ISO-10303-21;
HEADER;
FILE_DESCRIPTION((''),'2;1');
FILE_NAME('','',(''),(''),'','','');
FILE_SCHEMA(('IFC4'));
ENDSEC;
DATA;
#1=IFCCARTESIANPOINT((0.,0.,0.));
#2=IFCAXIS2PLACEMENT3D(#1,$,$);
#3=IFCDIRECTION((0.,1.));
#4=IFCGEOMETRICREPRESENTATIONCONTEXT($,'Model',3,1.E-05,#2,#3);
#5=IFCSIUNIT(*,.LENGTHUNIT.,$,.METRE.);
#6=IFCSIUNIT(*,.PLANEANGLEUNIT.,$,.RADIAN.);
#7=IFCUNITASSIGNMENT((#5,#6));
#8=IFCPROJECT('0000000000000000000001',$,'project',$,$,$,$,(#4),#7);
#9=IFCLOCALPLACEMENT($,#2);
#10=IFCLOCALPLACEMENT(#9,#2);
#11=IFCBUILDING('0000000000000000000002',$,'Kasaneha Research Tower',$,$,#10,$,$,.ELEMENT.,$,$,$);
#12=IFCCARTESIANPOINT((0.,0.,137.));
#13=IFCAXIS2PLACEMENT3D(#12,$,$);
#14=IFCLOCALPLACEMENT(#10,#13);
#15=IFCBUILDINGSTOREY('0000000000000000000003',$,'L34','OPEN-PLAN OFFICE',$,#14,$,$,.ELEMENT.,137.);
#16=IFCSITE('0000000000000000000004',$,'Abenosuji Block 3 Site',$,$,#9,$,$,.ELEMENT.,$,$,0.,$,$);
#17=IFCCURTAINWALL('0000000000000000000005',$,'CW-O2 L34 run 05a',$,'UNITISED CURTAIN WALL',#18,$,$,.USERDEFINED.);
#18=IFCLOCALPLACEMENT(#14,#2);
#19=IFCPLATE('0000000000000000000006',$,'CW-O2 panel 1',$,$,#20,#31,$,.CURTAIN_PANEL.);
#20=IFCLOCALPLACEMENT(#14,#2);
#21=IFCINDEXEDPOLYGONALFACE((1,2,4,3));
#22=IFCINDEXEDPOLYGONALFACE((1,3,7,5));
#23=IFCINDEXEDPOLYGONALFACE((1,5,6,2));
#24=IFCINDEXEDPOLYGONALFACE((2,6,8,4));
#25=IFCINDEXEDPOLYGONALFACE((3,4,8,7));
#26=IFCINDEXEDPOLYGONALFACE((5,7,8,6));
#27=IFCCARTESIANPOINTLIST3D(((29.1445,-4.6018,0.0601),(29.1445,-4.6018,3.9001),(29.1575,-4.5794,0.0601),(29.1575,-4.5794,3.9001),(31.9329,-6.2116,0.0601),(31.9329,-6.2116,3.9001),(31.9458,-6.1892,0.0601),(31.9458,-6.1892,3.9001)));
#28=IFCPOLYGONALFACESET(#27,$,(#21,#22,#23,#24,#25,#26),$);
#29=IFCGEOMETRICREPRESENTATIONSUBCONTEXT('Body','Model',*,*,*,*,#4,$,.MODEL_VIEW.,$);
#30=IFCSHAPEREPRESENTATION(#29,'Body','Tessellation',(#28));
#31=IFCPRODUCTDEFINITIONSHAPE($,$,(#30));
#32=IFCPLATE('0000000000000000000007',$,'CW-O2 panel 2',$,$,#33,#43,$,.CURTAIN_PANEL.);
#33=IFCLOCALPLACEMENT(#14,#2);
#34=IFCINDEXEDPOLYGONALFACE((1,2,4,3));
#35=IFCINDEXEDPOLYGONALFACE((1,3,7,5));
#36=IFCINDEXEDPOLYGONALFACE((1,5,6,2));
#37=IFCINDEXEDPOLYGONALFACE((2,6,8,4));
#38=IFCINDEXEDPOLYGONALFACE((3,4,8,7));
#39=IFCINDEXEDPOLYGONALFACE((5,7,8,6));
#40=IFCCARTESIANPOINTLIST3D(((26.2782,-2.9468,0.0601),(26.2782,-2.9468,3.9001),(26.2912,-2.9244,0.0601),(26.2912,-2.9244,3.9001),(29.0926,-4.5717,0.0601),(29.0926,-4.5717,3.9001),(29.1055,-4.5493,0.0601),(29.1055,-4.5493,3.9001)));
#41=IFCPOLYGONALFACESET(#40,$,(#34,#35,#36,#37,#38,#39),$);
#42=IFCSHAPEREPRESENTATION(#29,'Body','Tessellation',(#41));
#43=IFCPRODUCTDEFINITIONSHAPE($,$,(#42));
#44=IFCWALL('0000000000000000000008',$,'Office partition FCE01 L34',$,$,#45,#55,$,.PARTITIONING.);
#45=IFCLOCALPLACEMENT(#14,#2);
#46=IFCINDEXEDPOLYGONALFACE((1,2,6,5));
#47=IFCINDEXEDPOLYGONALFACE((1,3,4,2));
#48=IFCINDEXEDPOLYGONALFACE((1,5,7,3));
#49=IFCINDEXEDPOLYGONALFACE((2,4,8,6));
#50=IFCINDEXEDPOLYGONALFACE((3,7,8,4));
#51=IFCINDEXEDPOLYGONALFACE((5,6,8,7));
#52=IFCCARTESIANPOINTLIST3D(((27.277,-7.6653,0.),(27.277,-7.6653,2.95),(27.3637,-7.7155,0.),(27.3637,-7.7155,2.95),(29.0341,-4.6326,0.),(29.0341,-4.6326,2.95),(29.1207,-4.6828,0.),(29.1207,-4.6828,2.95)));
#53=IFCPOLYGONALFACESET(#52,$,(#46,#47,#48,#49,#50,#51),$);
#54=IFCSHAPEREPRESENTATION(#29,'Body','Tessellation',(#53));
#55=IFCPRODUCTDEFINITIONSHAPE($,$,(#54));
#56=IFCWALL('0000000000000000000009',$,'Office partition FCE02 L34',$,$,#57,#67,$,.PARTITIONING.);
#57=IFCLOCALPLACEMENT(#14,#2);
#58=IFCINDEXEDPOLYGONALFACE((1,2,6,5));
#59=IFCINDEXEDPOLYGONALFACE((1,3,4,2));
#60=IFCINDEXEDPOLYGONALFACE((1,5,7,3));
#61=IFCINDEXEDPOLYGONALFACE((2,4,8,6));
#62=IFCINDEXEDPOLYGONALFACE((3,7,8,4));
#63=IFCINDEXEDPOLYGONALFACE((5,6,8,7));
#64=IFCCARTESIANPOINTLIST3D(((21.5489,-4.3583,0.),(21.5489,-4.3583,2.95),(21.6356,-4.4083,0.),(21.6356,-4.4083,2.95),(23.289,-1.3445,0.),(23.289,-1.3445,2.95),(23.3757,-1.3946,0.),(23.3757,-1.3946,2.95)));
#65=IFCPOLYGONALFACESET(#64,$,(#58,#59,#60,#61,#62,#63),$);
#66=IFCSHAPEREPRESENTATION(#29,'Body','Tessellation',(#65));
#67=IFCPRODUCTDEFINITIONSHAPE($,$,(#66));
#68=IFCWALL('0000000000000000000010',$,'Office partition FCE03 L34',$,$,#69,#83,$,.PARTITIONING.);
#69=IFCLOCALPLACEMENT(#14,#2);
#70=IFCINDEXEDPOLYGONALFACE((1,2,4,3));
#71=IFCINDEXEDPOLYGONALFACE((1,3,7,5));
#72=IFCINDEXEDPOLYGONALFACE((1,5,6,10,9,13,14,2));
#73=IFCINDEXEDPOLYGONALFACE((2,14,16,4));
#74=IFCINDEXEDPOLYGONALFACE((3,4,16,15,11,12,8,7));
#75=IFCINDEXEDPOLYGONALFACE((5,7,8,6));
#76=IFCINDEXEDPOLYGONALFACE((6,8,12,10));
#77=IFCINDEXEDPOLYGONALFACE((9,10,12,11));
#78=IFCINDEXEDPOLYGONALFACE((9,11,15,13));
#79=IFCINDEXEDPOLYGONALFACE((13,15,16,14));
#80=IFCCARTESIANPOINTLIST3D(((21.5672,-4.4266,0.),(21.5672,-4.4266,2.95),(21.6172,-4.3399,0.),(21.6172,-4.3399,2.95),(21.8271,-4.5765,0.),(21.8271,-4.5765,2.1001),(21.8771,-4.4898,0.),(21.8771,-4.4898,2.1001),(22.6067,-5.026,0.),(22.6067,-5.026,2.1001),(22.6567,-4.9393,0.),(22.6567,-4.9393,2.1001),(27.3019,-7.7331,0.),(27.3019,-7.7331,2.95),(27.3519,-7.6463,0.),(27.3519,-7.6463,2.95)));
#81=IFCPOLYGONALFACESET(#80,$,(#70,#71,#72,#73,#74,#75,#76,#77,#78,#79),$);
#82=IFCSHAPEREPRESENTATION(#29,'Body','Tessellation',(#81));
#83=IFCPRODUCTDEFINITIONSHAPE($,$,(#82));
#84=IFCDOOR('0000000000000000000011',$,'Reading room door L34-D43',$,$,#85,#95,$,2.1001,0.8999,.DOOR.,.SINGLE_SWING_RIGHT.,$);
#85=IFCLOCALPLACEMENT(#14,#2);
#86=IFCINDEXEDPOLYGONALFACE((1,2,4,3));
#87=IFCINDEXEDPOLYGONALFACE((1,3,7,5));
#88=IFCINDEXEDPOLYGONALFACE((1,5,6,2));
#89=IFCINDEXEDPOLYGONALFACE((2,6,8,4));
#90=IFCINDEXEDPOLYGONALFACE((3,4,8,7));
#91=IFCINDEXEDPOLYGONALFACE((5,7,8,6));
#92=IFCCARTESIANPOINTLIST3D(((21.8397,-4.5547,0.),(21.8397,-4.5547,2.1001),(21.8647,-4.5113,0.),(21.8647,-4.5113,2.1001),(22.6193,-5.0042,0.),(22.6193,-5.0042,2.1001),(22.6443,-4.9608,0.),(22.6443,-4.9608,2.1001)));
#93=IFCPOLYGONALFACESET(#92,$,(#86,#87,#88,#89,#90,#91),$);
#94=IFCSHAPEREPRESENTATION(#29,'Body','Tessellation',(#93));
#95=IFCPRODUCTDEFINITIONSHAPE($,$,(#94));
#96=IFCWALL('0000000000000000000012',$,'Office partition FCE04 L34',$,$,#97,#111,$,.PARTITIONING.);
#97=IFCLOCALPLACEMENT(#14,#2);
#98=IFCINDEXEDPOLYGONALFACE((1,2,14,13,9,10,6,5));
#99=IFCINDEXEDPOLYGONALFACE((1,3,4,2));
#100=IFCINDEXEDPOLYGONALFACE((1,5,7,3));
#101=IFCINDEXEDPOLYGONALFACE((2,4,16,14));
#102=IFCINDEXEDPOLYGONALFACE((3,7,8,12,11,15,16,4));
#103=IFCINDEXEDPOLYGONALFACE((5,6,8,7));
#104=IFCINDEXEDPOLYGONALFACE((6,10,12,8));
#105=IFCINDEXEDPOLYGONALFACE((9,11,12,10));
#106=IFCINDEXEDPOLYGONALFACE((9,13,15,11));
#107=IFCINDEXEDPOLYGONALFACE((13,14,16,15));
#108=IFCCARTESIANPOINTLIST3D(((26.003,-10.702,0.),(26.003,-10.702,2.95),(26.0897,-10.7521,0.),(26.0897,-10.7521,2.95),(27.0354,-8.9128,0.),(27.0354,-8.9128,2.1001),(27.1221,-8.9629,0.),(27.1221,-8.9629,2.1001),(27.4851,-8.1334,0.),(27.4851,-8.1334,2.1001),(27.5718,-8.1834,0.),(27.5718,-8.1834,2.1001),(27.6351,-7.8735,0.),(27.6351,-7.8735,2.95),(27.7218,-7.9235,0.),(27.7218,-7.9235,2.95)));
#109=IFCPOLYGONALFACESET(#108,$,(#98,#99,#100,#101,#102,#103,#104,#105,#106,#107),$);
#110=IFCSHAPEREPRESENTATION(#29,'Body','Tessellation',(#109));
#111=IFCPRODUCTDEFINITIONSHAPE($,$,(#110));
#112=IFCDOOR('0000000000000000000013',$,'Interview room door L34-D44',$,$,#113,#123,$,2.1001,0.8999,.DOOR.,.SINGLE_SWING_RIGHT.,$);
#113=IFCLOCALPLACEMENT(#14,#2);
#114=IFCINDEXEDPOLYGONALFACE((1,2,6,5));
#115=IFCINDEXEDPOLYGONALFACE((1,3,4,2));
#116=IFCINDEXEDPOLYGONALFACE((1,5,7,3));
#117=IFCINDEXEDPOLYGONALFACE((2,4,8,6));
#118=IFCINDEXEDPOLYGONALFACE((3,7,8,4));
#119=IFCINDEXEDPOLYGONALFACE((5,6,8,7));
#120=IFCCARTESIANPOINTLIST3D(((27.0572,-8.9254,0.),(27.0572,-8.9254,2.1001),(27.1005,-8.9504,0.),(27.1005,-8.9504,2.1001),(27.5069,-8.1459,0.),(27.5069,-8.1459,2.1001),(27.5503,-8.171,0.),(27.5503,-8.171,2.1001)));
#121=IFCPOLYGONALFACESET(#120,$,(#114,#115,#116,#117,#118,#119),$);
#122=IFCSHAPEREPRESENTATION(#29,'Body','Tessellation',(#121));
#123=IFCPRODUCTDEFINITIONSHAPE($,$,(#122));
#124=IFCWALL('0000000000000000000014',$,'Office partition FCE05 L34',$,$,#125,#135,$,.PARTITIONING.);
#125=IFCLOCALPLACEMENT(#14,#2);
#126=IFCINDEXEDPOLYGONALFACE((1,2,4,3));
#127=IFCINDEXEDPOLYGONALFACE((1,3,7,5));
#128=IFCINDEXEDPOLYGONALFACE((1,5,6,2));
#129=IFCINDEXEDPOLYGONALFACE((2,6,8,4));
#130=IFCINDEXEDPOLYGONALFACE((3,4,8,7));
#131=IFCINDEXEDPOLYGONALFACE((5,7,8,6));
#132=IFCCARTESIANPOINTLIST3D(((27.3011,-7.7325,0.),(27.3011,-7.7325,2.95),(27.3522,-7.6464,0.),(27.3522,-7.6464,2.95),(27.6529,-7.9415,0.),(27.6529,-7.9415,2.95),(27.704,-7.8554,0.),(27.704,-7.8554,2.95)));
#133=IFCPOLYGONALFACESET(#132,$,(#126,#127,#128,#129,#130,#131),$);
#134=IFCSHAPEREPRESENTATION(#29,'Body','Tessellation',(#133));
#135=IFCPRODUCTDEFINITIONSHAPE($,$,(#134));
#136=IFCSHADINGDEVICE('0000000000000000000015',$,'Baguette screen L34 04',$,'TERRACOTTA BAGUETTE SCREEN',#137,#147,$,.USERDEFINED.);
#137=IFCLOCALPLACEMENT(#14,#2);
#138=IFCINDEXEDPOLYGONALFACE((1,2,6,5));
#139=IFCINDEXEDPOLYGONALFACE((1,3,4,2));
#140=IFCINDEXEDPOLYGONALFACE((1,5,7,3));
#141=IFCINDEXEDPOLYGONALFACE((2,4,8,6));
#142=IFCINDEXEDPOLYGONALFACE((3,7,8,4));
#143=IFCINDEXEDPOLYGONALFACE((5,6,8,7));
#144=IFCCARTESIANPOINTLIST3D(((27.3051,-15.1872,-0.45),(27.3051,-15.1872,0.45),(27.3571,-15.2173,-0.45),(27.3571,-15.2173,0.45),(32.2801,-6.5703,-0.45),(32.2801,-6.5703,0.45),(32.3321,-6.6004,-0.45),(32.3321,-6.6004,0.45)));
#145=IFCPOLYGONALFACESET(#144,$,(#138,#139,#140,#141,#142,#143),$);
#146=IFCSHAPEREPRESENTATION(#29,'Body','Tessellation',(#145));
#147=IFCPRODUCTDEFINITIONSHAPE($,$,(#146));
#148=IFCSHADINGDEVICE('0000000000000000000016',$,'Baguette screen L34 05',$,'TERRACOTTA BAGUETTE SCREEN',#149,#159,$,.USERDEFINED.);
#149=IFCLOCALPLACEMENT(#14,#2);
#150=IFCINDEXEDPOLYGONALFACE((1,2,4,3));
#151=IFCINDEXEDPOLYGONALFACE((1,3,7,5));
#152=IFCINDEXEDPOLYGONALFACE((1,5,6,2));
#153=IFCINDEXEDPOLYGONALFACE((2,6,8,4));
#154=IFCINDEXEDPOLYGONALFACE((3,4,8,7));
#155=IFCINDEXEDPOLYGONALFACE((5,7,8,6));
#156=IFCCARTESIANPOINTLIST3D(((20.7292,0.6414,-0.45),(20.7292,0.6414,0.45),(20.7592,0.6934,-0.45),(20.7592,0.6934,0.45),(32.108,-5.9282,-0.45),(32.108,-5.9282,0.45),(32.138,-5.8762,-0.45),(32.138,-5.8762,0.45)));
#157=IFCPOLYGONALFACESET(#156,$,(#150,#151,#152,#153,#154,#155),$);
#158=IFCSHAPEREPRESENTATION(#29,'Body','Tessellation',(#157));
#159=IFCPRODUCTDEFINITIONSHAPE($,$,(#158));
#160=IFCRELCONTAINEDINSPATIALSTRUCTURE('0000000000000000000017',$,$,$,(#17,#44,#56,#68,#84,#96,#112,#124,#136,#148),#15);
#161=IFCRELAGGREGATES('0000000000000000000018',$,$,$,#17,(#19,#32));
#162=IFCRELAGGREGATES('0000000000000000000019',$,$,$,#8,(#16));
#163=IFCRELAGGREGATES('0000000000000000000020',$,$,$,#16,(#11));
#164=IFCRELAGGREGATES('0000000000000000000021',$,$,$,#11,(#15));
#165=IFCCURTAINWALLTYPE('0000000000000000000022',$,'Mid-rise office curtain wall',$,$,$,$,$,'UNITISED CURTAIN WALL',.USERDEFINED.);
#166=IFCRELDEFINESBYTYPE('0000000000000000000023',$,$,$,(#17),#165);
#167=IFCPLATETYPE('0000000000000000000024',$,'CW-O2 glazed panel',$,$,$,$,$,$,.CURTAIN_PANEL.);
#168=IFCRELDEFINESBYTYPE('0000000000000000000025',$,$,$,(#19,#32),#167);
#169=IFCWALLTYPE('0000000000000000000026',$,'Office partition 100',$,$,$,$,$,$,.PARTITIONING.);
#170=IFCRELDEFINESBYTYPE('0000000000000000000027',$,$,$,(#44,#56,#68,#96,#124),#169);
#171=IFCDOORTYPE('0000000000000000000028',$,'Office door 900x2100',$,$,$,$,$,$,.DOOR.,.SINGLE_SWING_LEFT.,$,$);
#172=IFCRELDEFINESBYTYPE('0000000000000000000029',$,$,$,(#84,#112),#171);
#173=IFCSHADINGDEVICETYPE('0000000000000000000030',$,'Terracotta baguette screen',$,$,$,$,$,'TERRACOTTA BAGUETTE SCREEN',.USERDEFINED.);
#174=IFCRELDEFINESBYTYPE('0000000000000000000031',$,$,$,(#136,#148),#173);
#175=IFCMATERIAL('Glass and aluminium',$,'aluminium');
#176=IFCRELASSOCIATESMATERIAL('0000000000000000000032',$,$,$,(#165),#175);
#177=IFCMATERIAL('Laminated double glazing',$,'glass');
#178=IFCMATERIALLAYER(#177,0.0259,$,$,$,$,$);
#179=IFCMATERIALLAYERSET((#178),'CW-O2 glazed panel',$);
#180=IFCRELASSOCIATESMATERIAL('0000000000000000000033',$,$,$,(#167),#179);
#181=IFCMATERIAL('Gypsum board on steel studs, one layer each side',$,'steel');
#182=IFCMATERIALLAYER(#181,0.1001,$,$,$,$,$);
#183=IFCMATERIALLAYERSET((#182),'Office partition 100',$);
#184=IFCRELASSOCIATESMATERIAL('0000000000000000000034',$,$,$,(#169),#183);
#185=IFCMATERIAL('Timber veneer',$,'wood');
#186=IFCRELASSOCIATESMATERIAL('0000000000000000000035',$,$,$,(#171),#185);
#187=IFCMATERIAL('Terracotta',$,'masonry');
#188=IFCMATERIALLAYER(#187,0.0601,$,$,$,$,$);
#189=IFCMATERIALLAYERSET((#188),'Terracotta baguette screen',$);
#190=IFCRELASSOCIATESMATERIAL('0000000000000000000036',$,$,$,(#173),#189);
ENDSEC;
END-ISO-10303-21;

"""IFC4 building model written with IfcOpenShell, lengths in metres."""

from ifc_helpers import new_model, si_unit, direction, frame, frame_2d, origin, origin_2d, place, context, subcontext, project, spatial, rectangle, extrude, material, layer, layer_set, type_object, element, fill, aggregate, save


model = new_model("IFC4")

# Units and contexts
model_context = context("Model", 3, precision=1e-05, world=origin(), true_north=direction((0.0, 1.0)))
body_context = subcontext(model_context, "Body", "Model", "MODEL_VIEW")
ifc_project = project(units=[si_unit("LENGTHUNIT", "METRE"), si_unit("PLANEANGLEUNIT", "RADIAN")], contexts=[model_context])

# Site, building, storey
site_placement = place(None, origin())
site = spatial("IfcSite", under=ifc_project, at=site_placement, Name="Abenosuji Block 3 Site", CompositionType="ELEMENT", RefElevation=0.0)
building_placement = place(site_placement, origin())
building = spatial("IfcBuilding", under=site, at=building_placement, Name="Kasaneha Research Tower", CompositionType="ELEMENT")
storey_placement = place(building_placement, frame((0.0, 0.0, 137.0)))
storey = spatial("IfcBuildingStorey", under=building, at=storey_placement, Name="L34", Description="OPEN-PLAN OFFICE", CompositionType="ELEMENT", Elevation=137.0)

# Curtain wall
ifc_material_1 = material(Name="Glass and aluminium", Category="aluminium")
curtain_wall_type = type_object("IfcCurtainWallType", Name="Mid-rise office curtain wall", ElementType="UNITISED CURTAIN WALL", PredefinedType="USERDEFINED", material=ifc_material_1)
curtain_wall_1_placement = place(storey_placement, origin())
curtain_wall_1 = element("IfcCurtainWall", 1, at=curtain_wall_1_placement, inside=storey, type_object=curtain_wall_type, Name="CW-O2 L34 run 05a", ObjectType="UNITISED CURTAIN WALL", PredefinedType="USERDEFINED")

# Plates
ifc_material_2 = material(Name="Laminated double glazing", Category="glass")
ifc_layer_1 = layer(ifc_material_2, 0.0259)
ifc_layer_set_1 = layer_set([ifc_layer_1], Name="CW-O2 glazed panel")
plate_type = type_object("IfcPlateType", Name="CW-O2 glazed panel", PredefinedType="CURTAIN_PANEL", material=ifc_layer_set_1)
plate_1_placement = place(storey_placement, frame((30.5452, -5.3955, 0.0601), z_axis=(0.0, 0.0, 1.0), x_axis=(-0.866025, 0.5, 0.0)))
plate_1 = element("IfcPlate", 2, at=plate_1_placement, type_object=plate_type, Name="CW-O2 panel 1", PredefinedType="CURTAIN_PANEL", context=body_context, shape_type="SweptSolid", body=[
    extrude(rectangle(XDim=3.2197, YDim=0.0259, at=origin_2d()), origin(), (0.0, 0.0, 1.0), 3.8401),
])
plate_2_placement = place(storey_placement, frame((27.6919, -3.748, 0.0601), z_axis=(0.0, 0.0, 1.0), x_axis=(-0.866025, 0.5, 0.0)))
plate_2 = element("IfcPlate", 3, at=plate_2_placement, type_object=plate_type, Name="CW-O2 panel 2", PredefinedType="CURTAIN_PANEL", context=body_context, shape_type="SweptSolid", body=[
    extrude(rectangle(XDim=3.2498, YDim=0.0259, at=origin_2d()), origin(), (0.0, 0.0, 1.0), 3.8401),
])
aggregate(curtain_wall_1, [plate_1, plate_2])

# Walls
ifc_material_3 = material(Name="Gypsum board on steel studs, one layer each side", Category="steel")
ifc_layer_2 = layer(ifc_material_3, 0.1001)
ifc_layer_set_2 = layer_set([ifc_layer_2], Name="Office partition 100")
wall_type = type_object("IfcWallType", Name="Office partition 100", PredefinedType="PARTITIONING", material=ifc_layer_set_2)
wall_1_placement = place(storey_placement, frame((29.0774, -4.6577, 0.0), z_axis=(0.0, 0.0, 1.0), x_axis=(-0.501314, -0.865266, 0.0)))
element("IfcWall", 4, at=wall_1_placement, inside=storey, type_object=wall_type, Name="Office partition FCE01 L34", PredefinedType="PARTITIONING", context=body_context, shape_type="SweptSolid", body=[
    extrude(rectangle(XDim=3.5049, YDim=0.1001, at=frame_2d((1.7524, 0.0))), origin(), (0.0, 0.0, 1.0), 2.95),
])
wall_2_placement = place(storey_placement, frame((21.5923, -4.3833, 0.0), z_axis=(0.0, 0.0, 1.0), x_axis=(0.50001, 0.86602, 0.0)))
element("IfcWall", 5, at=wall_2_placement, inside=storey, type_object=wall_type, Name="Office partition FCE02 L34", PredefinedType="PARTITIONING", context=body_context, shape_type="SweptSolid", body=[
    extrude(rectangle(XDim=3.48, YDim=0.1001, at=frame_2d((1.74, 0.0))), origin(), (0.0, 0.0, 1.0), 2.95),
])

# Walls, openings, doors
wall_3_placement = place(storey_placement, frame((27.3269, -7.6897, 0.0), z_axis=(0.0, 0.0, 1.0), x_axis=(-0.866319, 0.499491, 0.0)))
wall_3 = element("IfcWall", 6, at=wall_3_placement, inside=storey, type_object=wall_type, Name="Office partition FCE03 L34", PredefinedType="PARTITIONING", context=body_context, shape_type="SweptSolid", body=[
    extrude(rectangle(XDim=6.6196, YDim=0.1001, at=frame_2d((3.3098, 0.0))), origin(), (0.0, 0.0, 1.0), 2.95),
])
opening_1_placement = place(wall_3_placement, frame((5.4197, 0.0, 0.0)))
opening_1 = element("IfcOpeningElement", 7, at=opening_1_placement, cuts=wall_3, PredefinedType="OPENING", context=body_context, shape_type="SweptSolid", body=[
    extrude(rectangle(XDim=0.8999, YDim=2.1001, at=frame_2d((0.45, 1.05))), frame((0.0, 0.0601, 0.0), z_axis=(0.0, -1.0, 0.0), x_axis=(1.0, 0.0, 0.0)), (0.0, 0.0, 1.0), 0.1201),
])
ifc_material_4 = material(Name="Timber veneer", Category="wood")
door_type = type_object("IfcDoorType", Name="Office door 900x2100", OperationType="SINGLE_SWING_LEFT", PredefinedType="DOOR", material=ifc_material_4)
door_1_placement = place(opening_1_placement, origin())
door_1 = element("IfcDoor", 8, at=door_1_placement, inside=storey, type_object=door_type, Name="Reading room door L34-D43", OperationType="SINGLE_SWING_RIGHT", OverallHeight=2.1001, OverallWidth=0.8999, PredefinedType="DOOR", context=body_context, shape_type="SweptSolid", body=[
    extrude(rectangle(XDim=0.8999, YDim=2.1001, at=frame_2d((0.45, 1.05))), frame((0.0, 0.0249, 0.0), z_axis=(0.0, -1.0, 0.0), x_axis=(1.0, 0.0, 0.0)), (0.0, 0.0, 1.0), 0.05),
])
fill(opening_1, door_1)
wall_4_placement = place(storey_placement, frame((26.0464, -10.7271, 0.0), z_axis=(0.0, 0.0, 1.0), x_axis=(0.499766, 0.866161, 0.0)))
wall_4 = element("IfcWall", 9, at=wall_4_placement, inside=storey, type_object=wall_type, Name="Office partition FCE04 L34", PredefinedType="PARTITIONING", context=body_context, shape_type="SweptSolid", body=[
    extrude(rectangle(XDim=3.2656, YDim=0.1001, at=frame_2d((1.6328, 0.0))), origin(), (0.0, 0.0, 1.0), 2.95),
])
opening_2_placement = place(wall_4_placement, frame((2.0657, 0.0, 0.0)))
opening_2 = element("IfcOpeningElement", 10, at=opening_2_placement, cuts=wall_4, PredefinedType="OPENING", context=body_context, shape_type="SweptSolid", body=[
    extrude(rectangle(XDim=0.8999, YDim=2.1001, at=frame_2d((0.45, 1.05))), frame((0.0, 0.0601, 0.0), z_axis=(0.0, -1.0, 0.0), x_axis=(1.0, 0.0, 0.0)), (0.0, 0.0, 1.0), 0.1201),
])
door_2_placement = place(opening_2_placement, origin())
door_2 = element("IfcDoor", 11, at=door_2_placement, inside=storey, type_object=door_type, Name="Interview room door L34-D44", OperationType="SINGLE_SWING_RIGHT", OverallHeight=2.1001, OverallWidth=0.8999, PredefinedType="DOOR", context=body_context, shape_type="SweptSolid", body=[
    extrude(rectangle(XDim=0.8999, YDim=2.1001, at=frame_2d((0.45, 1.05))), frame((0.0, 0.0249, 0.0), z_axis=(0.0, -1.0, 0.0), x_axis=(1.0, 0.0, 0.0)), (0.0, 0.0, 1.0), 0.05),
])
fill(opening_2, door_2)

# Wall
wall_5_placement = place(storey_placement, frame((27.6785, -7.8984, 0.0), z_axis=(0.0, 0.0, 1.0), x_axis=(-0.859748, 0.510718, 0.0)))
element("IfcWall", 12, at=wall_5_placement, inside=storey, type_object=wall_type, Name="Office partition FCE05 L34", PredefinedType="PARTITIONING", context=body_context, shape_type="SweptSolid", body=[
    extrude(rectangle(XDim=0.4092, YDim=0.1001, at=frame_2d((0.2046, 0.0))), origin(), (0.0, 0.0, 1.0), 2.95),
])

# Shading devices
ifc_material_5 = material(Name="Terracotta", Category="masonry")
ifc_layer_3 = layer(ifc_material_5, 0.0601)
ifc_layer_set_3 = layer_set([ifc_layer_3], Name="Terracotta baguette screen")
shading_device_type = type_object("IfcShadingDeviceType", Name="Terracotta baguette screen", ElementType="TERRACOTTA BAGUETTE SCREEN", PredefinedType="USERDEFINED", material=ifc_layer_set_3)
shading_device_1_placement = place(storey_placement, frame((29.8186, -10.8938, -0.45), z_axis=(0.0, 0.0, 1.0), x_axis=(0.5, 0.866025, 0.0)))
element("IfcShadingDevice", 13, at=shading_device_1_placement, inside=storey, type_object=shading_device_type, Name="Baguette screen L34 04", ObjectType="TERRACOTTA BAGUETTE SCREEN", PredefinedType="USERDEFINED", context=body_context, shape_type="SweptSolid", body=[
    extrude(rectangle(XDim=9.95, YDim=0.0601, at=origin_2d()), origin(), (0.0, 0.0, 1.0), 0.8999),
])
shading_device_2_placement = place(storey_placement, frame((26.4336, -2.6174, -0.45), z_axis=(0.0, 0.0, 1.0), x_axis=(-0.866025, 0.5, 0.0)))
element("IfcShadingDevice", 14, at=shading_device_2_placement, inside=storey, type_object=shading_device_type, Name="Baguette screen L34 05", ObjectType="TERRACOTTA BAGUETTE SCREEN", PredefinedType="USERDEFINED", context=body_context, shape_type="SweptSolid", body=[
    extrude(rectangle(XDim=13.1392, YDim=0.0601, at=origin_2d()), origin(), (0.0, 0.0, 1.0), 0.8999),
])

save(model, "model.ifc")
